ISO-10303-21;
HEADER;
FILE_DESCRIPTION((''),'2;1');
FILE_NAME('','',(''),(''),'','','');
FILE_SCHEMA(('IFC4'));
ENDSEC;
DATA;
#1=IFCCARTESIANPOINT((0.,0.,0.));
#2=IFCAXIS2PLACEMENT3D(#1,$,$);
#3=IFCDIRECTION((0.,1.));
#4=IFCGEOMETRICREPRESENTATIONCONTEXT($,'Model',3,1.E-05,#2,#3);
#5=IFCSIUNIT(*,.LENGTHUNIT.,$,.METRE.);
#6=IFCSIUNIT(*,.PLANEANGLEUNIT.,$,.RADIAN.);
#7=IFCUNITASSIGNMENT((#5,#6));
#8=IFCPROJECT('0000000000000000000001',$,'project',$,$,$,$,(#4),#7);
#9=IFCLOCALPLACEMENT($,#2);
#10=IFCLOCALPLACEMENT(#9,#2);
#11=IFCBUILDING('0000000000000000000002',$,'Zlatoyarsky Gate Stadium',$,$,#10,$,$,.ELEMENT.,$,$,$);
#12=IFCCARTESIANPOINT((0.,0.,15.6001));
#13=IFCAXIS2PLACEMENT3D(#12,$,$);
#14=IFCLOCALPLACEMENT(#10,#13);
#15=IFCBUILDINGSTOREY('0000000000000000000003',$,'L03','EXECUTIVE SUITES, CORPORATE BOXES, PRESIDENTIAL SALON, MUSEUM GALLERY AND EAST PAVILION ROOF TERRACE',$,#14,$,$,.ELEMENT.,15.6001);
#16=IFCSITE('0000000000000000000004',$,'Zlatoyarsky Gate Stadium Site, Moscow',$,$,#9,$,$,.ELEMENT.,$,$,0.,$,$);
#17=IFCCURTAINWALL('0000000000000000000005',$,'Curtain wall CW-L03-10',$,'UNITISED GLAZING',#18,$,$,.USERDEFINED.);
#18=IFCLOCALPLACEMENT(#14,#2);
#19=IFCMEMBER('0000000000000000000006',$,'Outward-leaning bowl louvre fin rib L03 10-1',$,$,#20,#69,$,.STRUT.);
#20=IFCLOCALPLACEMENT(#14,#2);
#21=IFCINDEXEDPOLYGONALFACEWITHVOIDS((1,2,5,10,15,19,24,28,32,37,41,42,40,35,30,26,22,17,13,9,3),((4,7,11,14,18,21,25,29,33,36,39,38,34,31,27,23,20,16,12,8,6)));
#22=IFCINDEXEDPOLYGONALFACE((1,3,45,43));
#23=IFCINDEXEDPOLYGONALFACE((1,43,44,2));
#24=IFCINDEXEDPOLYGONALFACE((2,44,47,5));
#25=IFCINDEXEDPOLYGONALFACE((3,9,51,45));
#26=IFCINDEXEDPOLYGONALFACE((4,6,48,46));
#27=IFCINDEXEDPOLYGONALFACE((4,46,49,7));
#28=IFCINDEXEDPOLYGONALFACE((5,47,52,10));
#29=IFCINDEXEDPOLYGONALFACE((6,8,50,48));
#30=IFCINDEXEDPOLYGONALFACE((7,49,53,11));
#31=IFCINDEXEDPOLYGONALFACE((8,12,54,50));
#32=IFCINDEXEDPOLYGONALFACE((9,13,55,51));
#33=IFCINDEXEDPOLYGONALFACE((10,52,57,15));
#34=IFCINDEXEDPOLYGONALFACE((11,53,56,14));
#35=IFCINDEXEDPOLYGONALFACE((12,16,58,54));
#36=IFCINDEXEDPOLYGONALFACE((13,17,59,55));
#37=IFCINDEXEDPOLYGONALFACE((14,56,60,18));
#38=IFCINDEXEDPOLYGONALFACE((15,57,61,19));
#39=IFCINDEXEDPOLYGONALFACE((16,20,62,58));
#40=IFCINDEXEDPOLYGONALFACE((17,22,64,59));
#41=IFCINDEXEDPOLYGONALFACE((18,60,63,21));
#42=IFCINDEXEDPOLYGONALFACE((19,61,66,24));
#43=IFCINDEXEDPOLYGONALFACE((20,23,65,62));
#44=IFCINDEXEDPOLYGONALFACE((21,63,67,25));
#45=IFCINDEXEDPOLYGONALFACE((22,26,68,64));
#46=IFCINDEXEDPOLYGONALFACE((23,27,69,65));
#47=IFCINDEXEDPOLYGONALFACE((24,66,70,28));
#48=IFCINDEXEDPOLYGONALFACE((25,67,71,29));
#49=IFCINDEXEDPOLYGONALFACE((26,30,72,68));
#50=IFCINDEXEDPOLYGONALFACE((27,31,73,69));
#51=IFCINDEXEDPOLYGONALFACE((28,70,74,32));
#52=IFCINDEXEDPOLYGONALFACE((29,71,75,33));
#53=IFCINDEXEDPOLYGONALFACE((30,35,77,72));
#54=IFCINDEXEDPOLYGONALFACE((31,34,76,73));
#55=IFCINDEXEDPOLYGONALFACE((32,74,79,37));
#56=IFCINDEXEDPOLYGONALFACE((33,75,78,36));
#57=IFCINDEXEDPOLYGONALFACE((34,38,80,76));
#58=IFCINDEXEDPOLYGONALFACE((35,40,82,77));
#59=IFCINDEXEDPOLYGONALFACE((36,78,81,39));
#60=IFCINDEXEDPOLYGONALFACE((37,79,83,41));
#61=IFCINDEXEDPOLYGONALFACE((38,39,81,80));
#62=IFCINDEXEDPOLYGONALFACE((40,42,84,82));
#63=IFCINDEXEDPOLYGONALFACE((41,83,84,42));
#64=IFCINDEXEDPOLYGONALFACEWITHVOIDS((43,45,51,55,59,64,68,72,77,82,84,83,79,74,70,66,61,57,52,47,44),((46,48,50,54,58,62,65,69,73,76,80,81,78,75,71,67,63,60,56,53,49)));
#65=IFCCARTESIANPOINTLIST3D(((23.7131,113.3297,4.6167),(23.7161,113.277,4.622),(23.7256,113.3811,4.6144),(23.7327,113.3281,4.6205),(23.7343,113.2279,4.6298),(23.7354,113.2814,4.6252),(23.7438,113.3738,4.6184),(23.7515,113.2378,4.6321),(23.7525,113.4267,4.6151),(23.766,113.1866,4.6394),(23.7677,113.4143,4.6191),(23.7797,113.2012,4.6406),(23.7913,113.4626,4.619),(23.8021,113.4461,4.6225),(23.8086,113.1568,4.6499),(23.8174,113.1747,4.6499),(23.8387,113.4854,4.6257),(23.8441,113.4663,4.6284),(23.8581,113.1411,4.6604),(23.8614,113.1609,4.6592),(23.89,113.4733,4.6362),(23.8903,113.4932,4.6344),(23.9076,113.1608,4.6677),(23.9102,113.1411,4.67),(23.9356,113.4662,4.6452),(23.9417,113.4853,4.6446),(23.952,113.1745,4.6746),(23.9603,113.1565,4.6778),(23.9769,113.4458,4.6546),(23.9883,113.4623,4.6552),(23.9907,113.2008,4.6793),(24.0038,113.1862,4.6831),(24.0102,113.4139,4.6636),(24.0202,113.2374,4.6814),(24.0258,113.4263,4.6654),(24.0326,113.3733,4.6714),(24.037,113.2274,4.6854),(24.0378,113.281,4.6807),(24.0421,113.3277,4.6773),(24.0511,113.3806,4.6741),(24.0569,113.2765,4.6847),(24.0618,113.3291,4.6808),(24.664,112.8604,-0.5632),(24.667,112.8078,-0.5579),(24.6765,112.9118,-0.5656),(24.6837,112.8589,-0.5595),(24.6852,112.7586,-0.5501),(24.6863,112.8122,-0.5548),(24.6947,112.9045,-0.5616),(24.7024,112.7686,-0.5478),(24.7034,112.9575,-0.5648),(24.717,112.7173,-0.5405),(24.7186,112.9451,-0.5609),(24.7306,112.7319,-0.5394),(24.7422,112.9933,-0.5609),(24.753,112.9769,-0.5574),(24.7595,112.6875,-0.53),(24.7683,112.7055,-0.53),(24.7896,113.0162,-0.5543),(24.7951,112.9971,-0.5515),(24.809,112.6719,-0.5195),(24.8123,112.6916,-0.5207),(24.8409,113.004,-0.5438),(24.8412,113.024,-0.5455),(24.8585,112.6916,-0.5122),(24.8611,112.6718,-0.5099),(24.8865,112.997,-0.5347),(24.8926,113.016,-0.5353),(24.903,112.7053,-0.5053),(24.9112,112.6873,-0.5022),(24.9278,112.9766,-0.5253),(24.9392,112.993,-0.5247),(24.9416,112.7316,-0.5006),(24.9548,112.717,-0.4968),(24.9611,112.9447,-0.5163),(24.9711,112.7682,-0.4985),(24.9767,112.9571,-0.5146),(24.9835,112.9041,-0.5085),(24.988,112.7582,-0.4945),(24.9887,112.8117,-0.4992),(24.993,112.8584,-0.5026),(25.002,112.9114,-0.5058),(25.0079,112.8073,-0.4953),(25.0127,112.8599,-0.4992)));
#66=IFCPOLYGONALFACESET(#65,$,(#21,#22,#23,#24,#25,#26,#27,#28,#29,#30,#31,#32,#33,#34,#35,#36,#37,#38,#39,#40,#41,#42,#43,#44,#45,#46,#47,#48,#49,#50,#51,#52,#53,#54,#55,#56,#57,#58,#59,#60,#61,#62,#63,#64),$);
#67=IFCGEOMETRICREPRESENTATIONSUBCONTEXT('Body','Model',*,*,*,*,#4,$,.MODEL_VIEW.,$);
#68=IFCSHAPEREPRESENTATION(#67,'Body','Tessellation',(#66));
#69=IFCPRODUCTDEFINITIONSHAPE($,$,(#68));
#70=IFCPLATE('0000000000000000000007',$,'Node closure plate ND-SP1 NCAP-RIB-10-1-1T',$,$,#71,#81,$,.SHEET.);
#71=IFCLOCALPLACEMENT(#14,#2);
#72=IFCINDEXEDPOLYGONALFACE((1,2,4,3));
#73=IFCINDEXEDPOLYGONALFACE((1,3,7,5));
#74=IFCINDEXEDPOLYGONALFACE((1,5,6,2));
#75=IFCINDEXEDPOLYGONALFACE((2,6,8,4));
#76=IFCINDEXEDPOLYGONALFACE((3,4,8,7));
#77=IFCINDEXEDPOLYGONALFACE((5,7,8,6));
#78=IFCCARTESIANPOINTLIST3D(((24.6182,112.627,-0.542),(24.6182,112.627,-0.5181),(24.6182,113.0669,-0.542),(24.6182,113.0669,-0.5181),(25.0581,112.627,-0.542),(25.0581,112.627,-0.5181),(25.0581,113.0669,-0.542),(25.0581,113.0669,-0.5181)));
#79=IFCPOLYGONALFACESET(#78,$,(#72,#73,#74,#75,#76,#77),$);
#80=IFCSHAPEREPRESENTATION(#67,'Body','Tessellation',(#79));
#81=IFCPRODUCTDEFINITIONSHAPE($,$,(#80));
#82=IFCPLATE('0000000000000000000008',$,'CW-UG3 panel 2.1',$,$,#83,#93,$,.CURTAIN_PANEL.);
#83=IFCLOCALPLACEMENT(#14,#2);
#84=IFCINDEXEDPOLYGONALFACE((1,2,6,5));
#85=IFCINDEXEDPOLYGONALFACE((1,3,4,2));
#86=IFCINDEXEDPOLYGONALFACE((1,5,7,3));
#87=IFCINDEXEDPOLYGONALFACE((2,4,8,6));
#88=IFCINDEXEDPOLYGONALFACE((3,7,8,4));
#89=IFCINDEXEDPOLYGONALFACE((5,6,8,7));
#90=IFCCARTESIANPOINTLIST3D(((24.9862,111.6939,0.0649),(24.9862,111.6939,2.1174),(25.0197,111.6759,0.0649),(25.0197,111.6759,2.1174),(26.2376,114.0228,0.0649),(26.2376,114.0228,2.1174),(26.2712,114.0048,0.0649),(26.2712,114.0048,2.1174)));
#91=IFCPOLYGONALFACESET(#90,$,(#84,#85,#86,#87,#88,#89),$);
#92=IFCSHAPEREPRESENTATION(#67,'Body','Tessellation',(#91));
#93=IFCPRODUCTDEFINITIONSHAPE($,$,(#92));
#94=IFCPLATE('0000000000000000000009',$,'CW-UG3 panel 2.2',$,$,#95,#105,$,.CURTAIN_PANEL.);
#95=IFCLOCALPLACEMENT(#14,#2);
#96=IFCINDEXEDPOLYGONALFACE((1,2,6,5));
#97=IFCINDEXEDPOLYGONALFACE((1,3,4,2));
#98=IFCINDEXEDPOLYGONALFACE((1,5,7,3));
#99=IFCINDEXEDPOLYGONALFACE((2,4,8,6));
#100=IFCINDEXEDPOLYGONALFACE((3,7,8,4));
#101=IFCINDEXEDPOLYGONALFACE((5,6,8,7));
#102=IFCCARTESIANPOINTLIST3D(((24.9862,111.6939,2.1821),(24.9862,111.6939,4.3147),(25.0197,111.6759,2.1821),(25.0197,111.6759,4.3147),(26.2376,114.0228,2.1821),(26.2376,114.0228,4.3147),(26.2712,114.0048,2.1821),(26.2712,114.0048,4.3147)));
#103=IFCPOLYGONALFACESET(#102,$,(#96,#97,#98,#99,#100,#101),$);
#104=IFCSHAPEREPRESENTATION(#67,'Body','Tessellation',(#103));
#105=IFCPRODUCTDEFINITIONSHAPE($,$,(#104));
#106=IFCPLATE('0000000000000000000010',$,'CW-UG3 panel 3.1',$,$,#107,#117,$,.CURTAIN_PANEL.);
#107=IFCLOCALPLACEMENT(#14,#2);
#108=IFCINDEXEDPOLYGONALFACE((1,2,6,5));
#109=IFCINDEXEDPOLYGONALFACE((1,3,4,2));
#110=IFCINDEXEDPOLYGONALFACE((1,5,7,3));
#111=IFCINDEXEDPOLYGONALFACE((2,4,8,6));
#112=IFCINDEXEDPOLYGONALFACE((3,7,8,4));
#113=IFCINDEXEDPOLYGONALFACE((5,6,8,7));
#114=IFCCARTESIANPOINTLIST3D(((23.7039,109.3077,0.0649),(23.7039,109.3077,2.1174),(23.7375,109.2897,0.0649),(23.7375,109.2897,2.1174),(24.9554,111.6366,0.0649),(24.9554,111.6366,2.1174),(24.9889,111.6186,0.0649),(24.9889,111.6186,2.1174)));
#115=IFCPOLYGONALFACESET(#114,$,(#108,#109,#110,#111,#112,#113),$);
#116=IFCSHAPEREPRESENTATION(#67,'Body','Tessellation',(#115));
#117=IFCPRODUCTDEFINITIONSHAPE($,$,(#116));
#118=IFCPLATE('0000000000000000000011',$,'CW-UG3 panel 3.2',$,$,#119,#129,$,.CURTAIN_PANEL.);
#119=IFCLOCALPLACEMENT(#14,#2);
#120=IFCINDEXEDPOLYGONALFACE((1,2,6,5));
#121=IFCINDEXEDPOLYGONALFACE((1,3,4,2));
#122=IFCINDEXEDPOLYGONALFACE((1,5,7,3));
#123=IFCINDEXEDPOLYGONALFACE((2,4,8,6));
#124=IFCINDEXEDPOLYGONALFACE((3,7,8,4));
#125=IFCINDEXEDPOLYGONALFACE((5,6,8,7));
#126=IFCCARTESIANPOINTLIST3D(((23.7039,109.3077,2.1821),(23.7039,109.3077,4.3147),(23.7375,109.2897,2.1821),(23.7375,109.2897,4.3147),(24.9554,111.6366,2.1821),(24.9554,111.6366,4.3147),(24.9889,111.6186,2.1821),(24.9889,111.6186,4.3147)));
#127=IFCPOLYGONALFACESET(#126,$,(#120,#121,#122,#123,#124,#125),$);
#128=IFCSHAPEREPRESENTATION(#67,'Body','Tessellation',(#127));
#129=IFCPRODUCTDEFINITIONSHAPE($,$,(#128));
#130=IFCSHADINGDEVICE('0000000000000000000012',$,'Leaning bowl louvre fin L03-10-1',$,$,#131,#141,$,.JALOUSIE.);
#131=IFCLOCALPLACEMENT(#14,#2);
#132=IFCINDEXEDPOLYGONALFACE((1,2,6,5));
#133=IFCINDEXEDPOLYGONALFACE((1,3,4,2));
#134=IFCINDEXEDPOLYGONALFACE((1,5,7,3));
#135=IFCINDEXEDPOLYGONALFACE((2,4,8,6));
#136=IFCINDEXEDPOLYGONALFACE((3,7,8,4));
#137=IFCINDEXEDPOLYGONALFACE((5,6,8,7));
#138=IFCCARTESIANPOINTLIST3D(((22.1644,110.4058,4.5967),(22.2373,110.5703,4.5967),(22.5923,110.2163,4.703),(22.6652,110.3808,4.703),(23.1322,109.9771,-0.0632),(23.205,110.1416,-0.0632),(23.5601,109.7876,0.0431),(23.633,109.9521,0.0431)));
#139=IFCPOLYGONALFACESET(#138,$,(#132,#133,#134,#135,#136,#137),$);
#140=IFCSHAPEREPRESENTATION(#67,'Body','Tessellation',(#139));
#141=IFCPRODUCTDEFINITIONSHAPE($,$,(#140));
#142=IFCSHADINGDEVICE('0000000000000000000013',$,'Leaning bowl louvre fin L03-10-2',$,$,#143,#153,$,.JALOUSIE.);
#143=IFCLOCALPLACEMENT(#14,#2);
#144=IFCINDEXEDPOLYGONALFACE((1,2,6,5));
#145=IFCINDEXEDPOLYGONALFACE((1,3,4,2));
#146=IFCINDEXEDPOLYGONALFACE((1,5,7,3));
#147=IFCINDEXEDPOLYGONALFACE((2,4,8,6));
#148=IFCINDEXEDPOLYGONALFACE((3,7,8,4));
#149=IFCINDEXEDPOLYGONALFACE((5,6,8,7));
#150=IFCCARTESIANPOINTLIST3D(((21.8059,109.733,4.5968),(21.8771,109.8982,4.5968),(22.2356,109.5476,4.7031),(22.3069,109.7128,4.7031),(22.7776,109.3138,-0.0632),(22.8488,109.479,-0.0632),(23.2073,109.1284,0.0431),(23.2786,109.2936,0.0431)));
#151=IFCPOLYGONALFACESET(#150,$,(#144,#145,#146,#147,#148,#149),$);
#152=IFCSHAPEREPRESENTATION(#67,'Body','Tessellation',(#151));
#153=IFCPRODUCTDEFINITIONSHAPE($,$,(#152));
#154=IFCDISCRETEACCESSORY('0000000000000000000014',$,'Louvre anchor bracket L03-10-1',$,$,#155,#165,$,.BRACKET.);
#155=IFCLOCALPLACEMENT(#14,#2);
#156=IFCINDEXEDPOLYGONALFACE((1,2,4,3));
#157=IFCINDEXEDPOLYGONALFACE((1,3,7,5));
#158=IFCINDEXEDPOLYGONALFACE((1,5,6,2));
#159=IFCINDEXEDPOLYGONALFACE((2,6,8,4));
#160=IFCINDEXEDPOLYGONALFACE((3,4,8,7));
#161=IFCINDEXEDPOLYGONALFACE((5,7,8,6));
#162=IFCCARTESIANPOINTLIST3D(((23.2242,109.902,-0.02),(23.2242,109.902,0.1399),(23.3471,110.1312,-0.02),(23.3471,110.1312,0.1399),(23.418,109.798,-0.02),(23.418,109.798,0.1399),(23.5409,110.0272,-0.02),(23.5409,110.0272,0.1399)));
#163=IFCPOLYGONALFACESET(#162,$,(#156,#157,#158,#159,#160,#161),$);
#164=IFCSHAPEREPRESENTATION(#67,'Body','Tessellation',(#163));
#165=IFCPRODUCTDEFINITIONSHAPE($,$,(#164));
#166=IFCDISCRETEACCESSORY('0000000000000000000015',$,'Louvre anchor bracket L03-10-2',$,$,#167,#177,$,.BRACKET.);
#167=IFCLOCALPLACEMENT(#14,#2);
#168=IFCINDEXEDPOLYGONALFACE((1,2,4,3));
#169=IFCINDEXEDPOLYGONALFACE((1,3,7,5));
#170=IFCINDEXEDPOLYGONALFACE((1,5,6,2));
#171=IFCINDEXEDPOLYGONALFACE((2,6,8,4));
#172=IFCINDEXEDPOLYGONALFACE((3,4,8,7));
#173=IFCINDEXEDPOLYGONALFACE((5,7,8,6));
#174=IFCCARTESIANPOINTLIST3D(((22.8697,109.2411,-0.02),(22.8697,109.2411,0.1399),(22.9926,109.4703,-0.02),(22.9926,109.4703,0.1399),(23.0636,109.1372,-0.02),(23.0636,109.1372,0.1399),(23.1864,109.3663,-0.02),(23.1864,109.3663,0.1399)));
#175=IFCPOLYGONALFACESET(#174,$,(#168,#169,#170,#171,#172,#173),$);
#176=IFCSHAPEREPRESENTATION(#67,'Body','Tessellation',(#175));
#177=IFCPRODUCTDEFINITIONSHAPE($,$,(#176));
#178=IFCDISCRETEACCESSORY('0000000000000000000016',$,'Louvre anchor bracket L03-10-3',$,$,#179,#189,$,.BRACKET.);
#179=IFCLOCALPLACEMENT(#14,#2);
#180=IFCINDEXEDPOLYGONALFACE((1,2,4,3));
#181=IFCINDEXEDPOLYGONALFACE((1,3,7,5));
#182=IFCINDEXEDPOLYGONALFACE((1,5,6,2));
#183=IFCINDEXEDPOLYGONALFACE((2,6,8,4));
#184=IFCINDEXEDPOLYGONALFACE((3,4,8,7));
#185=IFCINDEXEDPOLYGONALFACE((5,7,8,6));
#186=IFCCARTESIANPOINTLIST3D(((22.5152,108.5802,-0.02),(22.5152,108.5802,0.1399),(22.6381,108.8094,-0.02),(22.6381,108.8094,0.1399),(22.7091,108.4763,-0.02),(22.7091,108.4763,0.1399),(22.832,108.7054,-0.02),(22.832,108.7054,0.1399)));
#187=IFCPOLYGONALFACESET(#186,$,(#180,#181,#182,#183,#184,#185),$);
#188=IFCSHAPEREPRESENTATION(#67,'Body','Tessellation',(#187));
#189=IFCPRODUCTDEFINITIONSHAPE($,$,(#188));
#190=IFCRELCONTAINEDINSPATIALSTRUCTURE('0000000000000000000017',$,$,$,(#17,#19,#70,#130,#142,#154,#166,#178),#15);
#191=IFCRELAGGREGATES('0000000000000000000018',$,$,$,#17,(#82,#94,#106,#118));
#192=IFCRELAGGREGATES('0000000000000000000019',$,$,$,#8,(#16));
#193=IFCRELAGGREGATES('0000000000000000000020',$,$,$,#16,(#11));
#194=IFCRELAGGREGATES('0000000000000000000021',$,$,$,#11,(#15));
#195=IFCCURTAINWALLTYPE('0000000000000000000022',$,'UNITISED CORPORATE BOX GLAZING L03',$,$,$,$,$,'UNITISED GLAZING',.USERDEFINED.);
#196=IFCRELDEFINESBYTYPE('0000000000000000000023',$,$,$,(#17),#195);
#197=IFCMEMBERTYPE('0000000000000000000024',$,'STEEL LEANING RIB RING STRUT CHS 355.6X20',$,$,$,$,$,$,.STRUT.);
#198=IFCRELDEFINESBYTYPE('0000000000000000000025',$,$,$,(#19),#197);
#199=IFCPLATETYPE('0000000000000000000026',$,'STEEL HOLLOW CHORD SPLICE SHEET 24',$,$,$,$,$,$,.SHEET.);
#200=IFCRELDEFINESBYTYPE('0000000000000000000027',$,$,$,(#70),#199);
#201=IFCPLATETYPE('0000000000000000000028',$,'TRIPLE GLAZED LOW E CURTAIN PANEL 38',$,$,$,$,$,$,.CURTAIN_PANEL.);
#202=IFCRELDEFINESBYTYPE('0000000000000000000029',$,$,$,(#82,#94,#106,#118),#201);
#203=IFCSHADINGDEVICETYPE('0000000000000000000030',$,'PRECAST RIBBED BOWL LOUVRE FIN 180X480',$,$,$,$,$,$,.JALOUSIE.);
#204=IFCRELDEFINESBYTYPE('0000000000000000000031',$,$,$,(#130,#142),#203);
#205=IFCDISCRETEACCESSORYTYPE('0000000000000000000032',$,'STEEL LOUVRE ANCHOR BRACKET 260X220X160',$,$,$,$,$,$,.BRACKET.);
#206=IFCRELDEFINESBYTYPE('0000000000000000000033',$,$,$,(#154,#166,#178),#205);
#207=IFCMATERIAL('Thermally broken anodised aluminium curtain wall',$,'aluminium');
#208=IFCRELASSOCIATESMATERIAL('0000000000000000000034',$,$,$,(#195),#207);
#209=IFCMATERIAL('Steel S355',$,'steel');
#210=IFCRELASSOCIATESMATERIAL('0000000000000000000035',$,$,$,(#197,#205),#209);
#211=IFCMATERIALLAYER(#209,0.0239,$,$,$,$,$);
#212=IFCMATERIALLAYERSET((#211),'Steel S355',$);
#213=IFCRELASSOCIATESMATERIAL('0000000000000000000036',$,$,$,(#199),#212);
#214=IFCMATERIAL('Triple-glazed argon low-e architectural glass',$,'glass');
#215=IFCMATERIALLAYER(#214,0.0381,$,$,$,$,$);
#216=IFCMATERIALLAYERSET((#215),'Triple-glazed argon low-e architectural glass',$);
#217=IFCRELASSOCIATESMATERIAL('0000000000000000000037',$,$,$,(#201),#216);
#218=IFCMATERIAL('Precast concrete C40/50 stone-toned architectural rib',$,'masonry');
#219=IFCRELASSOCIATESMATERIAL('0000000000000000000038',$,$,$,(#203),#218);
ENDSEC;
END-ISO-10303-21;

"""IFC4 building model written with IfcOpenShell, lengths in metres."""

from ifc_helpers import new_model, si_unit, direction, frame, origin, origin_2d, place, context, subcontext, project, spatial, rectangle, hollow_circle, extrude, material, layer, layer_set, material_profile, profile_set, type_object, element, aggregate, save


model = new_model("IFC4")

# Units and contexts
model_context = context("Model", 3, precision=1e-05, world=origin(), true_north=direction((0.0, 1.0)))
body_context = subcontext(model_context, "Body", "Model", "MODEL_VIEW")
ifc_project = project(units=[si_unit("LENGTHUNIT", "METRE"), si_unit("PLANEANGLEUNIT", "RADIAN")], contexts=[model_context])

# Site, building, storey
site_placement = place(None, origin())
site = spatial("IfcSite", under=ifc_project, at=site_placement, Name="Zlatoyarsky Gate Stadium Site, Moscow", CompositionType="ELEMENT", RefElevation=0.0)
building_placement = place(site_placement, origin())
building = spatial("IfcBuilding", under=site, at=building_placement, Name="Zlatoyarsky Gate Stadium", CompositionType="ELEMENT")
storey_placement = place(building_placement, frame((0.0, 0.0, 15.6001)))
storey = spatial("IfcBuildingStorey", under=building, at=storey_placement, Name="L03", Description="EXECUTIVE SUITES, CORPORATE BOXES, PRESIDENTIAL SALON, MUSEUM GALLERY AND EAST PAVILION ROOF TERRACE", CompositionType="ELEMENT", Elevation=15.6001)

# Curtain wall
ifc_material_1 = material(Name="Thermally broken anodised aluminium curtain wall", Category="aluminium")
curtain_wall_type = type_object("IfcCurtainWallType", Name="UNITISED CORPORATE BOX GLAZING L03", ElementType="UNITISED GLAZING", PredefinedType="USERDEFINED", material=ifc_material_1)
curtain_wall_placement = place(storey_placement, origin())
curtain_wall = element("IfcCurtainWall", 1, at=curtain_wall_placement, inside=storey, type_object=curtain_wall_type, Name="Curtain wall CW-L03-10", ObjectType="UNITISED GLAZING", PredefinedType="USERDEFINED")

# Member
ifc_material_2 = material(Name="Steel S355", Category="steel")
ifc_material_profile_1 = material_profile(ifc_material_2, hollow_circle(Radius=0.1777, WallThickness=0.02, at=origin_2d()), Name="CHS 355.6X20")
ifc_profile_set_1 = profile_set([ifc_material_profile_1], Name="Steel S355")
member_type_1 = type_object("IfcMemberType", Name="STEEL LEANING RIB RING STRUT CHS 355.6X20", PredefinedType="STRUT", material=ifc_profile_set_1)
member_1_placement = place(storey_placement, frame((24.8381, 112.8469, -0.53), z_axis=(-0.179849, 0.088747, 0.979683), x_axis=(-0.442511, -0.896763, 0.0)))
element("IfcMember", 2, at=member_1_placement, inside=storey, type_object=member_type_1, Name="Outward-leaning bowl louvre fin rib L03 10-1", PredefinedType="STRUT", context=body_context, shape_type="SweptSolid", body=[
    extrude(hollow_circle(Radius=0.1777, WallThickness=0.02, at=origin_2d()), origin(), (0.0, 0.0, 1.0), 5.2874),
])

# Plates
ifc_layer_1 = layer(ifc_material_2, 0.0239)
ifc_layer_set_1 = layer_set([ifc_layer_1], Name="Steel S355")
plate_type_1 = type_object("IfcPlateType", Name="STEEL HOLLOW CHORD SPLICE SHEET 24", PredefinedType="SHEET", material=ifc_layer_set_1)
plate_1_placement = place(storey_placement, frame((24.8381, 112.8469, -0.542), z_axis=(0.0, 0.0, 1.0), x_axis=(1.0, 0.0, 0.0)))
element("IfcPlate", 3, at=plate_1_placement, inside=storey, type_object=plate_type_1, Name="Node closure plate ND-SP1 NCAP-RIB-10-1-1T", PredefinedType="SHEET", context=body_context, shape_type="SweptSolid", body=[
    extrude(rectangle(XDim=0.4399, YDim=0.4399, at=origin_2d()), origin(), (0.0, 0.0, 1.0), 0.0239),
])
ifc_material_3 = material(Name="Triple-glazed argon low-e architectural glass", Category="glass")
ifc_layer_2 = layer(ifc_material_3, 0.0381)
ifc_layer_set_2 = layer_set([ifc_layer_2], Name="Triple-glazed argon low-e architectural glass")
plate_type_2 = type_object("IfcPlateType", Name="TRIPLE GLAZED LOW E CURTAIN PANEL 38", PredefinedType="CURTAIN_PANEL", material=ifc_layer_set_2)
plate_2_placement = place(storey_placement, frame((25.6287, 112.8494, 0.0649), z_axis=(0.0, 0.0, 1.0), x_axis=(-0.473345, -0.880877, 0.0)))
plate_2 = element("IfcPlate", 4, at=plate_2_placement, type_object=plate_type_2, Name="CW-UG3 panel 2.1", PredefinedType="CURTAIN_PANEL", context=body_context, shape_type="SweptSolid", body=[
    extrude(rectangle(XDim=2.6438, YDim=0.0381, at=origin_2d()), origin(), (0.0, 0.0, 1.0), 2.0525),
])
plate_3_placement = place(storey_placement, frame((25.6287, 112.8494, 2.1821), z_axis=(0.0, 0.0, 1.0), x_axis=(-0.473345, -0.880877, 0.0)))
plate_3 = element("IfcPlate", 5, at=plate_3_placement, type_object=plate_type_2, Name="CW-UG3 panel 2.2", PredefinedType="CURTAIN_PANEL", context=body_context, shape_type="SweptSolid", body=[
    extrude(rectangle(XDim=2.6438, YDim=0.0381, at=origin_2d()), origin(), (0.0, 0.0, 1.0), 2.1326),
])
plate_4_placement = place(storey_placement, frame((24.3464, 110.4631, 0.0649), z_axis=(0.0, 0.0, 1.0), x_axis=(-0.473345, -0.880877, 0.0)))
plate_4 = element("IfcPlate", 6, at=plate_4_placement, type_object=plate_type_2, Name="CW-UG3 panel 3.1", PredefinedType="CURTAIN_PANEL", context=body_context, shape_type="SweptSolid", body=[
    extrude(rectangle(XDim=2.6438, YDim=0.0381, at=origin_2d()), origin(), (0.0, 0.0, 1.0), 2.0525),
])
plate_5_placement = place(storey_placement, frame((24.3464, 110.4631, 2.1821), z_axis=(0.0, 0.0, 1.0), x_axis=(-0.473345, -0.880877, 0.0)))
plate_5 = element("IfcPlate", 7, at=plate_5_placement, type_object=plate_type_2, Name="CW-UG3 panel 3.2", PredefinedType="CURTAIN_PANEL", context=body_context, shape_type="SweptSolid", body=[
    extrude(rectangle(XDim=2.6438, YDim=0.0381, at=origin_2d()), origin(), (0.0, 0.0, 1.0), 2.1326),
])
aggregate(curtain_wall, [plate_2, plate_3, plate_4, plate_5])

# Shading devices
ifc_material_4 = material(Name="Precast concrete C40/50 stone-toned architectural rib", Category="masonry")
ifc_material_profile_2 = material_profile(ifc_material_4, rectangle(XDim=0.1799, YDim=0.48, at=origin_2d()), Name="RIB 180X480")
ifc_profile_set_2 = profile_set([ifc_material_profile_2], Name="Precast concrete C40/50 stone-toned architectural rib")
shading_device_type = type_object("IfcShadingDeviceType", Name="PRECAST RIBBED BOWL LOUVRE FIN 180X480", PredefinedType="JALOUSIE", material=ifc_profile_set_2)
for number, where, z_axis, x_axis, name in (
    (8, (23.3826, 109.9646, -0.01), (-0.202522, 0.089714, 0.97516), (-0.405025, -0.914305, 0.0), "Leaning bowl louvre fin L03-10-1"),
    (9, (23.0281, 109.3037, -0.01), (-0.203341, 0.087723, 0.97517), (-0.396118, -0.9182, 0.0), "Leaning bowl louvre fin L03-10-2"),
):
    element("IfcShadingDevice", number, at=place(storey_placement, frame(where, z_axis=z_axis, x_axis=x_axis)), inside=storey, type_object=shading_device_type, Name=name, PredefinedType="JALOUSIE", context=body_context, shape_type="SweptSolid", body=[
        extrude(rectangle(XDim=0.1799, YDim=0.48, at=origin_2d()), origin(), (0.0, 0.0, 1.0), 4.7786),
    ])

# Discrete accessories
discrete_accessory_type = type_object("IfcDiscreteAccessoryType", Name="STEEL LOUVRE ANCHOR BRACKET 260X220X160", PredefinedType="BRACKET", material=ifc_material_2)
for number, where, z_axis, x_axis, name in (
    (10, (23.3826, 109.9646, -0.02), (0.0, 0.0, 1.0), (-0.472643, -0.881254, 0.0), "Louvre anchor bracket L03-10-1"),
    (11, (23.0281, 109.3037, -0.02), (0.0, 0.0, 1.0), (-0.472643, -0.881254, 0.0), "Louvre anchor bracket L03-10-2"),
    (12, (22.6736, 108.6428, -0.02), (0.0, 0.0, 1.0), (-0.472643, -0.881254, 0.0), "Louvre anchor bracket L03-10-3"),
):
    element("IfcDiscreteAccessory", number, at=place(storey_placement, frame(where, z_axis=z_axis, x_axis=x_axis)), inside=storey, type_object=discrete_accessory_type, Name=name, PredefinedType="BRACKET", context=body_context, shape_type="SweptSolid", body=[
        extrude(rectangle(XDim=0.26, YDim=0.22, at=origin_2d()), origin(), (0.0, 0.0, 1.0), 0.1599),
    ])

save(model, "model.ifc")
